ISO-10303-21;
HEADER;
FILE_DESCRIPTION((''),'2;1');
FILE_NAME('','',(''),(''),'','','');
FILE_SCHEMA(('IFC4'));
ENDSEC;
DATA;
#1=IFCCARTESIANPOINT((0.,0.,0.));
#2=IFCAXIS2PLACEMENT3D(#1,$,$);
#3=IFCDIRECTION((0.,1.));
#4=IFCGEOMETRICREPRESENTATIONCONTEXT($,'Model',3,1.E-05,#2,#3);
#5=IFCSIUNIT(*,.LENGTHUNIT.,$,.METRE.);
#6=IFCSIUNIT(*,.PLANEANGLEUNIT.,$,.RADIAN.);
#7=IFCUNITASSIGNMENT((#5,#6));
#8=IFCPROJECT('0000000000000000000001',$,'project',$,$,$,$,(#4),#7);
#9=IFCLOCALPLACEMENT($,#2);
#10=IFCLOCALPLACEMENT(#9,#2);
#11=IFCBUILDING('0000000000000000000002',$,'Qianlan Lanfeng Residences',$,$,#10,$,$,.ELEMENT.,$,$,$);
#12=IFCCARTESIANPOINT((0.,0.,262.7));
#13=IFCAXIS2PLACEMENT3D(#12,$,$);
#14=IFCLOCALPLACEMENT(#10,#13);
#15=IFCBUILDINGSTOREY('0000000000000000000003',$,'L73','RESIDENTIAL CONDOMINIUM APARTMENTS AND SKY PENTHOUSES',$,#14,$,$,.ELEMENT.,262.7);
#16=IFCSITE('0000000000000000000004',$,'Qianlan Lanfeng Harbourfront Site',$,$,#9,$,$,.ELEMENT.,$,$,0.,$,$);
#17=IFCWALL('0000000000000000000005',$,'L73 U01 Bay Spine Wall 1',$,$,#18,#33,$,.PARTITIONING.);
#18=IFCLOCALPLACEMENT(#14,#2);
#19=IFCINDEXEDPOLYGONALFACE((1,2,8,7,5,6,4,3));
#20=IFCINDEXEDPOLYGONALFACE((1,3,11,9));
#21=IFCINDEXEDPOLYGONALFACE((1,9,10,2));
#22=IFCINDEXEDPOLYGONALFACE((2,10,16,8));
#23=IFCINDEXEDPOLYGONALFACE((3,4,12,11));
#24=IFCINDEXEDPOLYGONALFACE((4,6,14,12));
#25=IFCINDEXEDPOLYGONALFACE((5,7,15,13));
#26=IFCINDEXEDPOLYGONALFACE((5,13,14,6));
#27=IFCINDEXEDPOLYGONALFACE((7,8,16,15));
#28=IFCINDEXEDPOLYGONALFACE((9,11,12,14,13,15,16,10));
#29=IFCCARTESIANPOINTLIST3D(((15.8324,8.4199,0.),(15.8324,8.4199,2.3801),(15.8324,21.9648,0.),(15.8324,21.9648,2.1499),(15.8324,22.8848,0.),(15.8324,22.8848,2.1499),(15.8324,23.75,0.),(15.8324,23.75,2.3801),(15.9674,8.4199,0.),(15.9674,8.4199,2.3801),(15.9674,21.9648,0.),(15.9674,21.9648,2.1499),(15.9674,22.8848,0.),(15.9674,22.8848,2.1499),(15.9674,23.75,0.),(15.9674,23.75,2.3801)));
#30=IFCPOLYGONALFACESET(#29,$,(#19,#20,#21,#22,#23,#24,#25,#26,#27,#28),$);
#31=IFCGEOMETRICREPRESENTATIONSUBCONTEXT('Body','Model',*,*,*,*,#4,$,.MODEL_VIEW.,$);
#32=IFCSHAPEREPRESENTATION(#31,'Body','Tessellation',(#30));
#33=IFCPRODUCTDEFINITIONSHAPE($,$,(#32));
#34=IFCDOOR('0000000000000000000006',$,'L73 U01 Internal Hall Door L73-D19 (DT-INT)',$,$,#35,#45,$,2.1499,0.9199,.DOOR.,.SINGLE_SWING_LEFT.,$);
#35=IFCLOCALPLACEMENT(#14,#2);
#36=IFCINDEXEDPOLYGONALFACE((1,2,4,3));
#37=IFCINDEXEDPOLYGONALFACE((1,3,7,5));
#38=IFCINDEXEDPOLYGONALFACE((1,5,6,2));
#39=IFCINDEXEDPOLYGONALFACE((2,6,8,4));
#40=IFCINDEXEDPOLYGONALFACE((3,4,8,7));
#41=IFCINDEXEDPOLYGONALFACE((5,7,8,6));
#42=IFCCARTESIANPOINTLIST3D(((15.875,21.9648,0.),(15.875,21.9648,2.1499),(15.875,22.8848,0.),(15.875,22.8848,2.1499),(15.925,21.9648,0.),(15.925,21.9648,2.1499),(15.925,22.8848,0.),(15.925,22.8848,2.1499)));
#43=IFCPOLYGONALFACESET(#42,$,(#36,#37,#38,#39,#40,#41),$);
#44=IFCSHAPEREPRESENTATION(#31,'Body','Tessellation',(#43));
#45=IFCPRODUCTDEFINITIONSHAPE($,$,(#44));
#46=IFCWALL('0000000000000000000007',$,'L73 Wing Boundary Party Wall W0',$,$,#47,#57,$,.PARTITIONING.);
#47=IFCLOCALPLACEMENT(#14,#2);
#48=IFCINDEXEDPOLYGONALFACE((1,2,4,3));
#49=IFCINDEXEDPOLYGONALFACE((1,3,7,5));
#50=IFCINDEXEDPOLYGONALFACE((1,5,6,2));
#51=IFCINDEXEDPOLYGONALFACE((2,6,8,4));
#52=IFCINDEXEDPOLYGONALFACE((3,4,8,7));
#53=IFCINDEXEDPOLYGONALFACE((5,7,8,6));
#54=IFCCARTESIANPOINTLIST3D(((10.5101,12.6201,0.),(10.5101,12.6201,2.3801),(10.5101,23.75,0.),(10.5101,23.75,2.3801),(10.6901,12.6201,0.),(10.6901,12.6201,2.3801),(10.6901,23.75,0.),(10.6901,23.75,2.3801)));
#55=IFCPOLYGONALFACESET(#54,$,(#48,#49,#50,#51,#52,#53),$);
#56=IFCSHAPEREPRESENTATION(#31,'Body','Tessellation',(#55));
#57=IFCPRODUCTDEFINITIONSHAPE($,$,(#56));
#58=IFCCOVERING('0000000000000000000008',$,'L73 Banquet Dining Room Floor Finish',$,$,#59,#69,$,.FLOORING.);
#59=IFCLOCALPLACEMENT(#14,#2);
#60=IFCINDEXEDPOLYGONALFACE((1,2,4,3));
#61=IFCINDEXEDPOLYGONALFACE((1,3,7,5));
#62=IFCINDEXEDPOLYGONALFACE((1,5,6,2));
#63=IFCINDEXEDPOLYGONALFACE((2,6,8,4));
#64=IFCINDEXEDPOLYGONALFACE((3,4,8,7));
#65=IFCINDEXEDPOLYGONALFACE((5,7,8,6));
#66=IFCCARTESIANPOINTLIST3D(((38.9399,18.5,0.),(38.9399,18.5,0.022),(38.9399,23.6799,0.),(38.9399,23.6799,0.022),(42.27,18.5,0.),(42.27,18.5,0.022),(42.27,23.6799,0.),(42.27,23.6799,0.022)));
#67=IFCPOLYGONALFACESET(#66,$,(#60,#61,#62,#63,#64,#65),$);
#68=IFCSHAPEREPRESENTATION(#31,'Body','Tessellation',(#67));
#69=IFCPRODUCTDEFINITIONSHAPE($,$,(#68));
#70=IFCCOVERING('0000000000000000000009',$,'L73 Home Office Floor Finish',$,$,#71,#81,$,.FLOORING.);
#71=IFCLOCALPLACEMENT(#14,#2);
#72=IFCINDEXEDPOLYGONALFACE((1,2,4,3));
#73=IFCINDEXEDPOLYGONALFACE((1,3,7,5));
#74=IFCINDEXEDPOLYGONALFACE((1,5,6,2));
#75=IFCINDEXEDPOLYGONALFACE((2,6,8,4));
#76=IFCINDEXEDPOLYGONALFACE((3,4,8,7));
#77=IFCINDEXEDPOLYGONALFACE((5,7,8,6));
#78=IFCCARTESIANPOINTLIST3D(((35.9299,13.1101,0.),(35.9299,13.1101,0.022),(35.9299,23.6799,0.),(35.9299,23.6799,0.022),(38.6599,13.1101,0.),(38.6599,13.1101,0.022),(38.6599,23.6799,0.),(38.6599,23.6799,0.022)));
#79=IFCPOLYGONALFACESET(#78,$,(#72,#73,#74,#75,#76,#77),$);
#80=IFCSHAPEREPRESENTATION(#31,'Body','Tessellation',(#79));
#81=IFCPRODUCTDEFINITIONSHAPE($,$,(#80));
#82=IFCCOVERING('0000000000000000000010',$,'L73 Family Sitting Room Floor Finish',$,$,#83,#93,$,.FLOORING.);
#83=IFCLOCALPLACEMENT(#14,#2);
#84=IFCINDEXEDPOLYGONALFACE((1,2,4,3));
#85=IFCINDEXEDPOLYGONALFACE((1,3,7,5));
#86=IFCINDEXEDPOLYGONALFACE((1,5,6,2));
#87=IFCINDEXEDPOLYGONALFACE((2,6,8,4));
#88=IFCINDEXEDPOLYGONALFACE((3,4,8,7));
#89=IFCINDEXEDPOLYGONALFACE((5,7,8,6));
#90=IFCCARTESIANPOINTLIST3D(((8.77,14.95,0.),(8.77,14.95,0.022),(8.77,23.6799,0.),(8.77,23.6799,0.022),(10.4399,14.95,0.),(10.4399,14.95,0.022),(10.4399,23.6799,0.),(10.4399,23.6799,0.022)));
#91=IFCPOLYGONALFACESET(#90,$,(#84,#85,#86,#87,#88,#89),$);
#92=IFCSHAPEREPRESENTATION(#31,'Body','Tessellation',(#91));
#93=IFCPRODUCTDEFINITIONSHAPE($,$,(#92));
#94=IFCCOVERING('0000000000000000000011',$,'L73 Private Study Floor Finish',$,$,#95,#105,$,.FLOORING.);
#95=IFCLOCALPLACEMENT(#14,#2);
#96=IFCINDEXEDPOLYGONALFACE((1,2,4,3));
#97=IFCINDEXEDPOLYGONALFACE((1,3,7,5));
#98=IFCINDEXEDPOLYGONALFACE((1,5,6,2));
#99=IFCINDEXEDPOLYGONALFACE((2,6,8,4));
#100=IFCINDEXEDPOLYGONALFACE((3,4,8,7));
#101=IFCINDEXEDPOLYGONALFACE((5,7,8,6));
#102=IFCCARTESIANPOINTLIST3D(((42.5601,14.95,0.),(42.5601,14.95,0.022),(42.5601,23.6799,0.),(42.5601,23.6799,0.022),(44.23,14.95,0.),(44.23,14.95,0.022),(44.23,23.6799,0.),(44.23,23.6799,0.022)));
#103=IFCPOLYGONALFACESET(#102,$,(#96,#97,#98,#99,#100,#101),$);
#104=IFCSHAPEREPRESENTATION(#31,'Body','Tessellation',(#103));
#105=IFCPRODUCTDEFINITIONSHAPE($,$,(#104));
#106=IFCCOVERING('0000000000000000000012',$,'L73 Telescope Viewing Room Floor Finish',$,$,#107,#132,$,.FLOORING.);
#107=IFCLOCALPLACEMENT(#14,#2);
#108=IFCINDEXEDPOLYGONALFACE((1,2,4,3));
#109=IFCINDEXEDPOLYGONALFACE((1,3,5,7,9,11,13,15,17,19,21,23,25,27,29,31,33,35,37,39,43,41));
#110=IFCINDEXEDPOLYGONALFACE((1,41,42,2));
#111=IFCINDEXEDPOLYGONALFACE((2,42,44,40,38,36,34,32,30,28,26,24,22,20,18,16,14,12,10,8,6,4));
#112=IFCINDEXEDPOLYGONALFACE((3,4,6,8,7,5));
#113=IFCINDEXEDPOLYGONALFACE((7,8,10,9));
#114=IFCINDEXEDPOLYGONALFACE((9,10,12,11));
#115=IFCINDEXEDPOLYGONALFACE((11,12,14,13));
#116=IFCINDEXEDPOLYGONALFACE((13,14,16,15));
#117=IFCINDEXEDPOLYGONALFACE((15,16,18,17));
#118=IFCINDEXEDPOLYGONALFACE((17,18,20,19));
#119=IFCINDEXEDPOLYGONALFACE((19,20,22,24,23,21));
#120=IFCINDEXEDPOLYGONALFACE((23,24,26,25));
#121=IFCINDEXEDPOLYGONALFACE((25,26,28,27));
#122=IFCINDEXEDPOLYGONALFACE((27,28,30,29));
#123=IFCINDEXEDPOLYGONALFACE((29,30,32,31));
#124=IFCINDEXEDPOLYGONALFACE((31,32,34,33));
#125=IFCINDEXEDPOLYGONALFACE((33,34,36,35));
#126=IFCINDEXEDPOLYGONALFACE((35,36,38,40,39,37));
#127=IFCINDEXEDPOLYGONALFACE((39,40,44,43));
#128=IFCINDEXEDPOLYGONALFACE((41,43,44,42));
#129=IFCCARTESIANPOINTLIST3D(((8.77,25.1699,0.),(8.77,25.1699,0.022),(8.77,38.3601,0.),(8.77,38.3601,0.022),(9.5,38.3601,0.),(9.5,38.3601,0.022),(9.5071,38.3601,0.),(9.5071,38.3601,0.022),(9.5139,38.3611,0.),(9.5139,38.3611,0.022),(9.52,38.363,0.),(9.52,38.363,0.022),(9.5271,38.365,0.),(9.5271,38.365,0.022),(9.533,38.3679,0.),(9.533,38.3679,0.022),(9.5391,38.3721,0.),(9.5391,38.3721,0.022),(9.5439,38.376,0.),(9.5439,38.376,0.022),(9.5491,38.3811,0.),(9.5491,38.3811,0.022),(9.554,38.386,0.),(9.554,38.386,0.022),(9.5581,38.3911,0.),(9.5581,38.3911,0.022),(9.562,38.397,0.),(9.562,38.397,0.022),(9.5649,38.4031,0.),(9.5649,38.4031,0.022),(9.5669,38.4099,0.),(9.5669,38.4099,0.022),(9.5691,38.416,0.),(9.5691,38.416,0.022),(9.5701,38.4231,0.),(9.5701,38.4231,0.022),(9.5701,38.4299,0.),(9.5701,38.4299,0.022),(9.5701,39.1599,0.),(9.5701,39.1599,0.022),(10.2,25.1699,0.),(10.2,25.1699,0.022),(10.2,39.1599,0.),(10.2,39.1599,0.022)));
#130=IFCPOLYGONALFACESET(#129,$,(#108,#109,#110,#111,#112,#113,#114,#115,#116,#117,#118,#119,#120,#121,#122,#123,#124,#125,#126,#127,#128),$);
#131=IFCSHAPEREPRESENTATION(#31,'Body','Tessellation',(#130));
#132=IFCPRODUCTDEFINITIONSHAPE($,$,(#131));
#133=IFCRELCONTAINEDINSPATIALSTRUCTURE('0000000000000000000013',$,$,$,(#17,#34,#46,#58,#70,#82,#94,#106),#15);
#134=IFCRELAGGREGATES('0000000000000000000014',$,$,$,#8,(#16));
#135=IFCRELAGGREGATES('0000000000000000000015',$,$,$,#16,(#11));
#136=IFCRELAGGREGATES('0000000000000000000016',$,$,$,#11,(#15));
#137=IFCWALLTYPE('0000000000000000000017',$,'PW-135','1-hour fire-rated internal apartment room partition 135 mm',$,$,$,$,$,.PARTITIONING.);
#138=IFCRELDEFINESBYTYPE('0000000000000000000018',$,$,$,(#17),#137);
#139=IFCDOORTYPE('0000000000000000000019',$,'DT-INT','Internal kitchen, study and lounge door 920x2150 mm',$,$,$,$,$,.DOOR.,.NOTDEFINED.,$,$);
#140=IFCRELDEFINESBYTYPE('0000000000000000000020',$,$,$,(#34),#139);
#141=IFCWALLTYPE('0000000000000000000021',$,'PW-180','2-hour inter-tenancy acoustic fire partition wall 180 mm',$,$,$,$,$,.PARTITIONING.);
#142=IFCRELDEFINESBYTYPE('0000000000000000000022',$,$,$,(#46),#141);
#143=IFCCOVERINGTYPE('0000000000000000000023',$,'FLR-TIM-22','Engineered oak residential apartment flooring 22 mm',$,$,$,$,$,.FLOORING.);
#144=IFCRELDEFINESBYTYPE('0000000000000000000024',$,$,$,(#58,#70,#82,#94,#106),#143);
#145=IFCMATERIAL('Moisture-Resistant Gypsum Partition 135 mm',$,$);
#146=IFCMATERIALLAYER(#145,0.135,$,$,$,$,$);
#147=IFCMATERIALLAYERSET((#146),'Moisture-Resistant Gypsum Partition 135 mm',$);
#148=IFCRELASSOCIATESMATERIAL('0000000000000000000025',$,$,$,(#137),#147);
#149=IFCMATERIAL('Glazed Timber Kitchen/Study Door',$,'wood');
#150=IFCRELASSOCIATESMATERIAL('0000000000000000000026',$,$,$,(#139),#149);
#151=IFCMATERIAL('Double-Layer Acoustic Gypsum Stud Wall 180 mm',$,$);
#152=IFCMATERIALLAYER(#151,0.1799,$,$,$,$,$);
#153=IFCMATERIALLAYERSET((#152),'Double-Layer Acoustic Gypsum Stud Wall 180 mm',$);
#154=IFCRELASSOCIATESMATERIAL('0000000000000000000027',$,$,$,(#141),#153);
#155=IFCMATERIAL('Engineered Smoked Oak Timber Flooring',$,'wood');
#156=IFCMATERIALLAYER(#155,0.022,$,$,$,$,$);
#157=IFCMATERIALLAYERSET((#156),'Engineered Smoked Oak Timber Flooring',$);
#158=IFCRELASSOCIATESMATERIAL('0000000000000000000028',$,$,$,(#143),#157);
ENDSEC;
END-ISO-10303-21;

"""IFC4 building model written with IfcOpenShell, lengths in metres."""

from ifc_helpers import new_model, si_unit, direction, frame, frame_2d, origin, place, context, subcontext, project, spatial, polyline, rectangle, outline, extrude, material, layer, layer_set, type_object, element, fill, save


model = new_model("IFC4")

# Units and contexts
model_context = context("Model", 3, precision=1e-05, world=origin(), true_north=direction((0.0, 1.0)))
body_context = subcontext(model_context, "Body", "Model", "MODEL_VIEW")
ifc_project = project(units=[si_unit("LENGTHUNIT", "METRE"), si_unit("PLANEANGLEUNIT", "RADIAN")], contexts=[model_context])

# Site, building, storey
site_placement = place(None, origin())
site = spatial("IfcSite", under=ifc_project, at=site_placement, Name="Qianlan Lanfeng Harbourfront Site", CompositionType="ELEMENT", RefElevation=0.0)
building_placement = place(site_placement, origin())
building = spatial("IfcBuilding", under=site, at=building_placement, Name="Qianlan Lanfeng Residences", CompositionType="ELEMENT")
storey_placement = place(building_placement, frame((0.0, 0.0, 262.7)))
storey = spatial("IfcBuildingStorey", under=building, at=storey_placement, Name="L73", Description="RESIDENTIAL CONDOMINIUM APARTMENTS AND SKY PENTHOUSES", CompositionType="ELEMENT", Elevation=262.7)

# Wall, opening, door
ifc_material_1 = material(Name="Moisture-Resistant Gypsum Partition 135 mm")
ifc_layer_1 = layer(ifc_material_1, 0.135)
ifc_layer_set_1 = layer_set([ifc_layer_1], Name="Moisture-Resistant Gypsum Partition 135 mm")
wall_type_1 = type_object("IfcWallType", Name="PW-135", Description="1-hour fire-rated internal apartment room partition 135 mm", PredefinedType="PARTITIONING", material=ifc_layer_set_1)
wall_1_placement = place(storey_placement, frame((15.8999, 8.4199, 0.0), z_axis=(0.0, 0.0, 1.0), x_axis=(0.0, 1.0, 0.0)))
wall_1 = element("IfcWall", 1, at=wall_1_placement, inside=storey, type_object=wall_type_1, Name="L73 U01 Bay Spine Wall 1", PredefinedType="PARTITIONING", context=body_context, shape_type="SweptSolid", body=[
    extrude(rectangle(XDim=15.3301, YDim=0.135, at=frame_2d((7.665, 0.0))), origin(), (0.0, 0.0, 1.0), 2.3801),
])
opening_placement = place(wall_1_placement, frame((13.5449, 0.0, 0.0)))
opening = element("IfcOpeningElement", 2, at=opening_placement, cuts=wall_1, PredefinedType="OPENING", context=body_context, shape_type="SweptSolid", body=[
    extrude(rectangle(XDim=0.9199, YDim=2.1499, at=frame_2d((0.46, 1.075))), frame((0.0, 0.0776, 0.0), z_axis=(0.0, -1.0, 0.0), x_axis=(1.0, 0.0, 0.0)), (0.0, 0.0, 1.0), 0.155),
])
ifc_material_2 = material(Name="Glazed Timber Kitchen/Study Door", Category="wood")
door_type = type_object("IfcDoorType", Name="DT-INT", Description="Internal kitchen, study and lounge door 920x2150 mm", OperationType="NOTDEFINED", PredefinedType="DOOR", material=ifc_material_2)
door_placement = place(opening_placement, origin())
door = element("IfcDoor", 3, at=door_placement, inside=storey, type_object=door_type, Name="L73 U01 Internal Hall Door L73-D19 (DT-INT)", OperationType="SINGLE_SWING_LEFT", OverallHeight=2.1499, OverallWidth=0.9199, PredefinedType="DOOR", context=body_context, shape_type="SweptSolid", body=[
    extrude(rectangle(XDim=0.9199, YDim=2.1499, at=frame_2d((0.46, 1.075))), frame((0.0, 0.0249, 0.0), z_axis=(0.0, -1.0, 0.0), x_axis=(1.0, 0.0, 0.0)), (0.0, 0.0, 1.0), 0.05),
])
fill(opening, door)

# Wall
ifc_material_3 = material(Name="Double-Layer Acoustic Gypsum Stud Wall 180 mm")
ifc_layer_2 = layer(ifc_material_3, 0.1799)
ifc_layer_set_2 = layer_set([ifc_layer_2], Name="Double-Layer Acoustic Gypsum Stud Wall 180 mm")
wall_type_2 = type_object("IfcWallType", Name="PW-180", Description="2-hour inter-tenancy acoustic fire partition wall 180 mm", PredefinedType="PARTITIONING", material=ifc_layer_set_2)
wall_2_placement = place(storey_placement, frame((10.6001, 12.6201, 0.0), z_axis=(0.0, 0.0, 1.0), x_axis=(0.0, 1.0, 0.0)))
element("IfcWall", 4, at=wall_2_placement, inside=storey, type_object=wall_type_2, Name="L73 Wing Boundary Party Wall W0", PredefinedType="PARTITIONING", context=body_context, shape_type="SweptSolid", body=[
    extrude(rectangle(XDim=11.1299, YDim=0.1799, at=frame_2d((5.5649, 0.0))), origin(), (0.0, 0.0, 1.0), 2.3801),
])

# Coverings
ifc_material_4 = material(Name="Engineered Smoked Oak Timber Flooring", Category="wood")
ifc_layer_3 = layer(ifc_material_4, 0.022)
ifc_layer_set_3 = layer_set([ifc_layer_3], Name="Engineered Smoked Oak Timber Flooring")
covering_type = type_object("IfcCoveringType", Name="FLR-TIM-22", Description="Engineered oak residential apartment flooring 22 mm", PredefinedType="FLOORING", material=ifc_layer_set_3)
covering_1_placement = place(storey_placement, origin())
element("IfcCovering", 5, at=covering_1_placement, inside=storey, type_object=covering_type, Name="L73 Banquet Dining Room Floor Finish", PredefinedType="FLOORING", context=body_context, shape_type="SweptSolid", body=[
    extrude(outline(polyline([(38.9399, 18.5), (42.27, 18.5), (42.27, 23.6799), (38.9399, 23.6799), (38.9399, 18.5)])), origin(), (0.0, 0.0, 1.0), 0.022),
])
covering_2_placement = place(storey_placement, origin())
element("IfcCovering", 6, at=covering_2_placement, inside=storey, type_object=covering_type, Name="L73 Home Office Floor Finish", PredefinedType="FLOORING", context=body_context, shape_type="SweptSolid", body=[
    extrude(outline(polyline([(35.9299, 13.1101), (38.6599, 13.1101), (38.6599, 23.6799), (35.9299, 23.6799), (35.9299, 13.1101)])), origin(), (0.0, 0.0, 1.0), 0.022),
])
covering_3_placement = place(storey_placement, origin())
element("IfcCovering", 7, at=covering_3_placement, inside=storey, type_object=covering_type, Name="L73 Family Sitting Room Floor Finish", PredefinedType="FLOORING", context=body_context, shape_type="SweptSolid", body=[
    extrude(outline(polyline([(10.4399, 23.6799), (8.77, 23.6799), (8.77, 14.95), (10.4399, 14.95), (10.4399, 23.6799)])), origin(), (0.0, 0.0, 1.0), 0.022),
])
covering_4_placement = place(storey_placement, origin())
element("IfcCovering", 8, at=covering_4_placement, inside=storey, type_object=covering_type, Name="L73 Private Study Floor Finish", PredefinedType="FLOORING", context=body_context, shape_type="SweptSolid", body=[
    extrude(outline(polyline([(44.23, 23.6799), (42.5601, 23.6799), (42.5601, 14.95), (44.23, 14.95), (44.23, 23.6799)])), origin(), (0.0, 0.0, 1.0), 0.022),
])
covering_5_placement = place(storey_placement, origin())
element("IfcCovering", 9, at=covering_5_placement, inside=storey, type_object=covering_type, Name="L73 Telescope Viewing Room Floor Finish", PredefinedType="FLOORING", context=body_context, shape_type="SweptSolid", body=[
    extrude(outline(polyline([(10.2, 25.1699), (10.2, 39.1599), (9.5701, 39.1599), (9.5701, 38.4299), (9.5701, 38.4231), (9.5691, 38.416), (9.5669, 38.4099), (9.5649, 38.4031), (9.562, 38.397), (9.5581, 38.3911), (9.554, 38.386), (9.5491, 38.3811), (9.5439, 38.376), (9.5391, 38.3721), (9.533, 38.3679), (9.5271, 38.365), (9.52, 38.363), (9.5139, 38.3611), (9.5071, 38.3601), (9.5, 38.3601), (8.77, 38.3601), (8.77, 25.1699), (10.2, 25.1699)])), origin(), (0.0, 0.0, 1.0), 0.022),
])

save(model, "model.ifc")
